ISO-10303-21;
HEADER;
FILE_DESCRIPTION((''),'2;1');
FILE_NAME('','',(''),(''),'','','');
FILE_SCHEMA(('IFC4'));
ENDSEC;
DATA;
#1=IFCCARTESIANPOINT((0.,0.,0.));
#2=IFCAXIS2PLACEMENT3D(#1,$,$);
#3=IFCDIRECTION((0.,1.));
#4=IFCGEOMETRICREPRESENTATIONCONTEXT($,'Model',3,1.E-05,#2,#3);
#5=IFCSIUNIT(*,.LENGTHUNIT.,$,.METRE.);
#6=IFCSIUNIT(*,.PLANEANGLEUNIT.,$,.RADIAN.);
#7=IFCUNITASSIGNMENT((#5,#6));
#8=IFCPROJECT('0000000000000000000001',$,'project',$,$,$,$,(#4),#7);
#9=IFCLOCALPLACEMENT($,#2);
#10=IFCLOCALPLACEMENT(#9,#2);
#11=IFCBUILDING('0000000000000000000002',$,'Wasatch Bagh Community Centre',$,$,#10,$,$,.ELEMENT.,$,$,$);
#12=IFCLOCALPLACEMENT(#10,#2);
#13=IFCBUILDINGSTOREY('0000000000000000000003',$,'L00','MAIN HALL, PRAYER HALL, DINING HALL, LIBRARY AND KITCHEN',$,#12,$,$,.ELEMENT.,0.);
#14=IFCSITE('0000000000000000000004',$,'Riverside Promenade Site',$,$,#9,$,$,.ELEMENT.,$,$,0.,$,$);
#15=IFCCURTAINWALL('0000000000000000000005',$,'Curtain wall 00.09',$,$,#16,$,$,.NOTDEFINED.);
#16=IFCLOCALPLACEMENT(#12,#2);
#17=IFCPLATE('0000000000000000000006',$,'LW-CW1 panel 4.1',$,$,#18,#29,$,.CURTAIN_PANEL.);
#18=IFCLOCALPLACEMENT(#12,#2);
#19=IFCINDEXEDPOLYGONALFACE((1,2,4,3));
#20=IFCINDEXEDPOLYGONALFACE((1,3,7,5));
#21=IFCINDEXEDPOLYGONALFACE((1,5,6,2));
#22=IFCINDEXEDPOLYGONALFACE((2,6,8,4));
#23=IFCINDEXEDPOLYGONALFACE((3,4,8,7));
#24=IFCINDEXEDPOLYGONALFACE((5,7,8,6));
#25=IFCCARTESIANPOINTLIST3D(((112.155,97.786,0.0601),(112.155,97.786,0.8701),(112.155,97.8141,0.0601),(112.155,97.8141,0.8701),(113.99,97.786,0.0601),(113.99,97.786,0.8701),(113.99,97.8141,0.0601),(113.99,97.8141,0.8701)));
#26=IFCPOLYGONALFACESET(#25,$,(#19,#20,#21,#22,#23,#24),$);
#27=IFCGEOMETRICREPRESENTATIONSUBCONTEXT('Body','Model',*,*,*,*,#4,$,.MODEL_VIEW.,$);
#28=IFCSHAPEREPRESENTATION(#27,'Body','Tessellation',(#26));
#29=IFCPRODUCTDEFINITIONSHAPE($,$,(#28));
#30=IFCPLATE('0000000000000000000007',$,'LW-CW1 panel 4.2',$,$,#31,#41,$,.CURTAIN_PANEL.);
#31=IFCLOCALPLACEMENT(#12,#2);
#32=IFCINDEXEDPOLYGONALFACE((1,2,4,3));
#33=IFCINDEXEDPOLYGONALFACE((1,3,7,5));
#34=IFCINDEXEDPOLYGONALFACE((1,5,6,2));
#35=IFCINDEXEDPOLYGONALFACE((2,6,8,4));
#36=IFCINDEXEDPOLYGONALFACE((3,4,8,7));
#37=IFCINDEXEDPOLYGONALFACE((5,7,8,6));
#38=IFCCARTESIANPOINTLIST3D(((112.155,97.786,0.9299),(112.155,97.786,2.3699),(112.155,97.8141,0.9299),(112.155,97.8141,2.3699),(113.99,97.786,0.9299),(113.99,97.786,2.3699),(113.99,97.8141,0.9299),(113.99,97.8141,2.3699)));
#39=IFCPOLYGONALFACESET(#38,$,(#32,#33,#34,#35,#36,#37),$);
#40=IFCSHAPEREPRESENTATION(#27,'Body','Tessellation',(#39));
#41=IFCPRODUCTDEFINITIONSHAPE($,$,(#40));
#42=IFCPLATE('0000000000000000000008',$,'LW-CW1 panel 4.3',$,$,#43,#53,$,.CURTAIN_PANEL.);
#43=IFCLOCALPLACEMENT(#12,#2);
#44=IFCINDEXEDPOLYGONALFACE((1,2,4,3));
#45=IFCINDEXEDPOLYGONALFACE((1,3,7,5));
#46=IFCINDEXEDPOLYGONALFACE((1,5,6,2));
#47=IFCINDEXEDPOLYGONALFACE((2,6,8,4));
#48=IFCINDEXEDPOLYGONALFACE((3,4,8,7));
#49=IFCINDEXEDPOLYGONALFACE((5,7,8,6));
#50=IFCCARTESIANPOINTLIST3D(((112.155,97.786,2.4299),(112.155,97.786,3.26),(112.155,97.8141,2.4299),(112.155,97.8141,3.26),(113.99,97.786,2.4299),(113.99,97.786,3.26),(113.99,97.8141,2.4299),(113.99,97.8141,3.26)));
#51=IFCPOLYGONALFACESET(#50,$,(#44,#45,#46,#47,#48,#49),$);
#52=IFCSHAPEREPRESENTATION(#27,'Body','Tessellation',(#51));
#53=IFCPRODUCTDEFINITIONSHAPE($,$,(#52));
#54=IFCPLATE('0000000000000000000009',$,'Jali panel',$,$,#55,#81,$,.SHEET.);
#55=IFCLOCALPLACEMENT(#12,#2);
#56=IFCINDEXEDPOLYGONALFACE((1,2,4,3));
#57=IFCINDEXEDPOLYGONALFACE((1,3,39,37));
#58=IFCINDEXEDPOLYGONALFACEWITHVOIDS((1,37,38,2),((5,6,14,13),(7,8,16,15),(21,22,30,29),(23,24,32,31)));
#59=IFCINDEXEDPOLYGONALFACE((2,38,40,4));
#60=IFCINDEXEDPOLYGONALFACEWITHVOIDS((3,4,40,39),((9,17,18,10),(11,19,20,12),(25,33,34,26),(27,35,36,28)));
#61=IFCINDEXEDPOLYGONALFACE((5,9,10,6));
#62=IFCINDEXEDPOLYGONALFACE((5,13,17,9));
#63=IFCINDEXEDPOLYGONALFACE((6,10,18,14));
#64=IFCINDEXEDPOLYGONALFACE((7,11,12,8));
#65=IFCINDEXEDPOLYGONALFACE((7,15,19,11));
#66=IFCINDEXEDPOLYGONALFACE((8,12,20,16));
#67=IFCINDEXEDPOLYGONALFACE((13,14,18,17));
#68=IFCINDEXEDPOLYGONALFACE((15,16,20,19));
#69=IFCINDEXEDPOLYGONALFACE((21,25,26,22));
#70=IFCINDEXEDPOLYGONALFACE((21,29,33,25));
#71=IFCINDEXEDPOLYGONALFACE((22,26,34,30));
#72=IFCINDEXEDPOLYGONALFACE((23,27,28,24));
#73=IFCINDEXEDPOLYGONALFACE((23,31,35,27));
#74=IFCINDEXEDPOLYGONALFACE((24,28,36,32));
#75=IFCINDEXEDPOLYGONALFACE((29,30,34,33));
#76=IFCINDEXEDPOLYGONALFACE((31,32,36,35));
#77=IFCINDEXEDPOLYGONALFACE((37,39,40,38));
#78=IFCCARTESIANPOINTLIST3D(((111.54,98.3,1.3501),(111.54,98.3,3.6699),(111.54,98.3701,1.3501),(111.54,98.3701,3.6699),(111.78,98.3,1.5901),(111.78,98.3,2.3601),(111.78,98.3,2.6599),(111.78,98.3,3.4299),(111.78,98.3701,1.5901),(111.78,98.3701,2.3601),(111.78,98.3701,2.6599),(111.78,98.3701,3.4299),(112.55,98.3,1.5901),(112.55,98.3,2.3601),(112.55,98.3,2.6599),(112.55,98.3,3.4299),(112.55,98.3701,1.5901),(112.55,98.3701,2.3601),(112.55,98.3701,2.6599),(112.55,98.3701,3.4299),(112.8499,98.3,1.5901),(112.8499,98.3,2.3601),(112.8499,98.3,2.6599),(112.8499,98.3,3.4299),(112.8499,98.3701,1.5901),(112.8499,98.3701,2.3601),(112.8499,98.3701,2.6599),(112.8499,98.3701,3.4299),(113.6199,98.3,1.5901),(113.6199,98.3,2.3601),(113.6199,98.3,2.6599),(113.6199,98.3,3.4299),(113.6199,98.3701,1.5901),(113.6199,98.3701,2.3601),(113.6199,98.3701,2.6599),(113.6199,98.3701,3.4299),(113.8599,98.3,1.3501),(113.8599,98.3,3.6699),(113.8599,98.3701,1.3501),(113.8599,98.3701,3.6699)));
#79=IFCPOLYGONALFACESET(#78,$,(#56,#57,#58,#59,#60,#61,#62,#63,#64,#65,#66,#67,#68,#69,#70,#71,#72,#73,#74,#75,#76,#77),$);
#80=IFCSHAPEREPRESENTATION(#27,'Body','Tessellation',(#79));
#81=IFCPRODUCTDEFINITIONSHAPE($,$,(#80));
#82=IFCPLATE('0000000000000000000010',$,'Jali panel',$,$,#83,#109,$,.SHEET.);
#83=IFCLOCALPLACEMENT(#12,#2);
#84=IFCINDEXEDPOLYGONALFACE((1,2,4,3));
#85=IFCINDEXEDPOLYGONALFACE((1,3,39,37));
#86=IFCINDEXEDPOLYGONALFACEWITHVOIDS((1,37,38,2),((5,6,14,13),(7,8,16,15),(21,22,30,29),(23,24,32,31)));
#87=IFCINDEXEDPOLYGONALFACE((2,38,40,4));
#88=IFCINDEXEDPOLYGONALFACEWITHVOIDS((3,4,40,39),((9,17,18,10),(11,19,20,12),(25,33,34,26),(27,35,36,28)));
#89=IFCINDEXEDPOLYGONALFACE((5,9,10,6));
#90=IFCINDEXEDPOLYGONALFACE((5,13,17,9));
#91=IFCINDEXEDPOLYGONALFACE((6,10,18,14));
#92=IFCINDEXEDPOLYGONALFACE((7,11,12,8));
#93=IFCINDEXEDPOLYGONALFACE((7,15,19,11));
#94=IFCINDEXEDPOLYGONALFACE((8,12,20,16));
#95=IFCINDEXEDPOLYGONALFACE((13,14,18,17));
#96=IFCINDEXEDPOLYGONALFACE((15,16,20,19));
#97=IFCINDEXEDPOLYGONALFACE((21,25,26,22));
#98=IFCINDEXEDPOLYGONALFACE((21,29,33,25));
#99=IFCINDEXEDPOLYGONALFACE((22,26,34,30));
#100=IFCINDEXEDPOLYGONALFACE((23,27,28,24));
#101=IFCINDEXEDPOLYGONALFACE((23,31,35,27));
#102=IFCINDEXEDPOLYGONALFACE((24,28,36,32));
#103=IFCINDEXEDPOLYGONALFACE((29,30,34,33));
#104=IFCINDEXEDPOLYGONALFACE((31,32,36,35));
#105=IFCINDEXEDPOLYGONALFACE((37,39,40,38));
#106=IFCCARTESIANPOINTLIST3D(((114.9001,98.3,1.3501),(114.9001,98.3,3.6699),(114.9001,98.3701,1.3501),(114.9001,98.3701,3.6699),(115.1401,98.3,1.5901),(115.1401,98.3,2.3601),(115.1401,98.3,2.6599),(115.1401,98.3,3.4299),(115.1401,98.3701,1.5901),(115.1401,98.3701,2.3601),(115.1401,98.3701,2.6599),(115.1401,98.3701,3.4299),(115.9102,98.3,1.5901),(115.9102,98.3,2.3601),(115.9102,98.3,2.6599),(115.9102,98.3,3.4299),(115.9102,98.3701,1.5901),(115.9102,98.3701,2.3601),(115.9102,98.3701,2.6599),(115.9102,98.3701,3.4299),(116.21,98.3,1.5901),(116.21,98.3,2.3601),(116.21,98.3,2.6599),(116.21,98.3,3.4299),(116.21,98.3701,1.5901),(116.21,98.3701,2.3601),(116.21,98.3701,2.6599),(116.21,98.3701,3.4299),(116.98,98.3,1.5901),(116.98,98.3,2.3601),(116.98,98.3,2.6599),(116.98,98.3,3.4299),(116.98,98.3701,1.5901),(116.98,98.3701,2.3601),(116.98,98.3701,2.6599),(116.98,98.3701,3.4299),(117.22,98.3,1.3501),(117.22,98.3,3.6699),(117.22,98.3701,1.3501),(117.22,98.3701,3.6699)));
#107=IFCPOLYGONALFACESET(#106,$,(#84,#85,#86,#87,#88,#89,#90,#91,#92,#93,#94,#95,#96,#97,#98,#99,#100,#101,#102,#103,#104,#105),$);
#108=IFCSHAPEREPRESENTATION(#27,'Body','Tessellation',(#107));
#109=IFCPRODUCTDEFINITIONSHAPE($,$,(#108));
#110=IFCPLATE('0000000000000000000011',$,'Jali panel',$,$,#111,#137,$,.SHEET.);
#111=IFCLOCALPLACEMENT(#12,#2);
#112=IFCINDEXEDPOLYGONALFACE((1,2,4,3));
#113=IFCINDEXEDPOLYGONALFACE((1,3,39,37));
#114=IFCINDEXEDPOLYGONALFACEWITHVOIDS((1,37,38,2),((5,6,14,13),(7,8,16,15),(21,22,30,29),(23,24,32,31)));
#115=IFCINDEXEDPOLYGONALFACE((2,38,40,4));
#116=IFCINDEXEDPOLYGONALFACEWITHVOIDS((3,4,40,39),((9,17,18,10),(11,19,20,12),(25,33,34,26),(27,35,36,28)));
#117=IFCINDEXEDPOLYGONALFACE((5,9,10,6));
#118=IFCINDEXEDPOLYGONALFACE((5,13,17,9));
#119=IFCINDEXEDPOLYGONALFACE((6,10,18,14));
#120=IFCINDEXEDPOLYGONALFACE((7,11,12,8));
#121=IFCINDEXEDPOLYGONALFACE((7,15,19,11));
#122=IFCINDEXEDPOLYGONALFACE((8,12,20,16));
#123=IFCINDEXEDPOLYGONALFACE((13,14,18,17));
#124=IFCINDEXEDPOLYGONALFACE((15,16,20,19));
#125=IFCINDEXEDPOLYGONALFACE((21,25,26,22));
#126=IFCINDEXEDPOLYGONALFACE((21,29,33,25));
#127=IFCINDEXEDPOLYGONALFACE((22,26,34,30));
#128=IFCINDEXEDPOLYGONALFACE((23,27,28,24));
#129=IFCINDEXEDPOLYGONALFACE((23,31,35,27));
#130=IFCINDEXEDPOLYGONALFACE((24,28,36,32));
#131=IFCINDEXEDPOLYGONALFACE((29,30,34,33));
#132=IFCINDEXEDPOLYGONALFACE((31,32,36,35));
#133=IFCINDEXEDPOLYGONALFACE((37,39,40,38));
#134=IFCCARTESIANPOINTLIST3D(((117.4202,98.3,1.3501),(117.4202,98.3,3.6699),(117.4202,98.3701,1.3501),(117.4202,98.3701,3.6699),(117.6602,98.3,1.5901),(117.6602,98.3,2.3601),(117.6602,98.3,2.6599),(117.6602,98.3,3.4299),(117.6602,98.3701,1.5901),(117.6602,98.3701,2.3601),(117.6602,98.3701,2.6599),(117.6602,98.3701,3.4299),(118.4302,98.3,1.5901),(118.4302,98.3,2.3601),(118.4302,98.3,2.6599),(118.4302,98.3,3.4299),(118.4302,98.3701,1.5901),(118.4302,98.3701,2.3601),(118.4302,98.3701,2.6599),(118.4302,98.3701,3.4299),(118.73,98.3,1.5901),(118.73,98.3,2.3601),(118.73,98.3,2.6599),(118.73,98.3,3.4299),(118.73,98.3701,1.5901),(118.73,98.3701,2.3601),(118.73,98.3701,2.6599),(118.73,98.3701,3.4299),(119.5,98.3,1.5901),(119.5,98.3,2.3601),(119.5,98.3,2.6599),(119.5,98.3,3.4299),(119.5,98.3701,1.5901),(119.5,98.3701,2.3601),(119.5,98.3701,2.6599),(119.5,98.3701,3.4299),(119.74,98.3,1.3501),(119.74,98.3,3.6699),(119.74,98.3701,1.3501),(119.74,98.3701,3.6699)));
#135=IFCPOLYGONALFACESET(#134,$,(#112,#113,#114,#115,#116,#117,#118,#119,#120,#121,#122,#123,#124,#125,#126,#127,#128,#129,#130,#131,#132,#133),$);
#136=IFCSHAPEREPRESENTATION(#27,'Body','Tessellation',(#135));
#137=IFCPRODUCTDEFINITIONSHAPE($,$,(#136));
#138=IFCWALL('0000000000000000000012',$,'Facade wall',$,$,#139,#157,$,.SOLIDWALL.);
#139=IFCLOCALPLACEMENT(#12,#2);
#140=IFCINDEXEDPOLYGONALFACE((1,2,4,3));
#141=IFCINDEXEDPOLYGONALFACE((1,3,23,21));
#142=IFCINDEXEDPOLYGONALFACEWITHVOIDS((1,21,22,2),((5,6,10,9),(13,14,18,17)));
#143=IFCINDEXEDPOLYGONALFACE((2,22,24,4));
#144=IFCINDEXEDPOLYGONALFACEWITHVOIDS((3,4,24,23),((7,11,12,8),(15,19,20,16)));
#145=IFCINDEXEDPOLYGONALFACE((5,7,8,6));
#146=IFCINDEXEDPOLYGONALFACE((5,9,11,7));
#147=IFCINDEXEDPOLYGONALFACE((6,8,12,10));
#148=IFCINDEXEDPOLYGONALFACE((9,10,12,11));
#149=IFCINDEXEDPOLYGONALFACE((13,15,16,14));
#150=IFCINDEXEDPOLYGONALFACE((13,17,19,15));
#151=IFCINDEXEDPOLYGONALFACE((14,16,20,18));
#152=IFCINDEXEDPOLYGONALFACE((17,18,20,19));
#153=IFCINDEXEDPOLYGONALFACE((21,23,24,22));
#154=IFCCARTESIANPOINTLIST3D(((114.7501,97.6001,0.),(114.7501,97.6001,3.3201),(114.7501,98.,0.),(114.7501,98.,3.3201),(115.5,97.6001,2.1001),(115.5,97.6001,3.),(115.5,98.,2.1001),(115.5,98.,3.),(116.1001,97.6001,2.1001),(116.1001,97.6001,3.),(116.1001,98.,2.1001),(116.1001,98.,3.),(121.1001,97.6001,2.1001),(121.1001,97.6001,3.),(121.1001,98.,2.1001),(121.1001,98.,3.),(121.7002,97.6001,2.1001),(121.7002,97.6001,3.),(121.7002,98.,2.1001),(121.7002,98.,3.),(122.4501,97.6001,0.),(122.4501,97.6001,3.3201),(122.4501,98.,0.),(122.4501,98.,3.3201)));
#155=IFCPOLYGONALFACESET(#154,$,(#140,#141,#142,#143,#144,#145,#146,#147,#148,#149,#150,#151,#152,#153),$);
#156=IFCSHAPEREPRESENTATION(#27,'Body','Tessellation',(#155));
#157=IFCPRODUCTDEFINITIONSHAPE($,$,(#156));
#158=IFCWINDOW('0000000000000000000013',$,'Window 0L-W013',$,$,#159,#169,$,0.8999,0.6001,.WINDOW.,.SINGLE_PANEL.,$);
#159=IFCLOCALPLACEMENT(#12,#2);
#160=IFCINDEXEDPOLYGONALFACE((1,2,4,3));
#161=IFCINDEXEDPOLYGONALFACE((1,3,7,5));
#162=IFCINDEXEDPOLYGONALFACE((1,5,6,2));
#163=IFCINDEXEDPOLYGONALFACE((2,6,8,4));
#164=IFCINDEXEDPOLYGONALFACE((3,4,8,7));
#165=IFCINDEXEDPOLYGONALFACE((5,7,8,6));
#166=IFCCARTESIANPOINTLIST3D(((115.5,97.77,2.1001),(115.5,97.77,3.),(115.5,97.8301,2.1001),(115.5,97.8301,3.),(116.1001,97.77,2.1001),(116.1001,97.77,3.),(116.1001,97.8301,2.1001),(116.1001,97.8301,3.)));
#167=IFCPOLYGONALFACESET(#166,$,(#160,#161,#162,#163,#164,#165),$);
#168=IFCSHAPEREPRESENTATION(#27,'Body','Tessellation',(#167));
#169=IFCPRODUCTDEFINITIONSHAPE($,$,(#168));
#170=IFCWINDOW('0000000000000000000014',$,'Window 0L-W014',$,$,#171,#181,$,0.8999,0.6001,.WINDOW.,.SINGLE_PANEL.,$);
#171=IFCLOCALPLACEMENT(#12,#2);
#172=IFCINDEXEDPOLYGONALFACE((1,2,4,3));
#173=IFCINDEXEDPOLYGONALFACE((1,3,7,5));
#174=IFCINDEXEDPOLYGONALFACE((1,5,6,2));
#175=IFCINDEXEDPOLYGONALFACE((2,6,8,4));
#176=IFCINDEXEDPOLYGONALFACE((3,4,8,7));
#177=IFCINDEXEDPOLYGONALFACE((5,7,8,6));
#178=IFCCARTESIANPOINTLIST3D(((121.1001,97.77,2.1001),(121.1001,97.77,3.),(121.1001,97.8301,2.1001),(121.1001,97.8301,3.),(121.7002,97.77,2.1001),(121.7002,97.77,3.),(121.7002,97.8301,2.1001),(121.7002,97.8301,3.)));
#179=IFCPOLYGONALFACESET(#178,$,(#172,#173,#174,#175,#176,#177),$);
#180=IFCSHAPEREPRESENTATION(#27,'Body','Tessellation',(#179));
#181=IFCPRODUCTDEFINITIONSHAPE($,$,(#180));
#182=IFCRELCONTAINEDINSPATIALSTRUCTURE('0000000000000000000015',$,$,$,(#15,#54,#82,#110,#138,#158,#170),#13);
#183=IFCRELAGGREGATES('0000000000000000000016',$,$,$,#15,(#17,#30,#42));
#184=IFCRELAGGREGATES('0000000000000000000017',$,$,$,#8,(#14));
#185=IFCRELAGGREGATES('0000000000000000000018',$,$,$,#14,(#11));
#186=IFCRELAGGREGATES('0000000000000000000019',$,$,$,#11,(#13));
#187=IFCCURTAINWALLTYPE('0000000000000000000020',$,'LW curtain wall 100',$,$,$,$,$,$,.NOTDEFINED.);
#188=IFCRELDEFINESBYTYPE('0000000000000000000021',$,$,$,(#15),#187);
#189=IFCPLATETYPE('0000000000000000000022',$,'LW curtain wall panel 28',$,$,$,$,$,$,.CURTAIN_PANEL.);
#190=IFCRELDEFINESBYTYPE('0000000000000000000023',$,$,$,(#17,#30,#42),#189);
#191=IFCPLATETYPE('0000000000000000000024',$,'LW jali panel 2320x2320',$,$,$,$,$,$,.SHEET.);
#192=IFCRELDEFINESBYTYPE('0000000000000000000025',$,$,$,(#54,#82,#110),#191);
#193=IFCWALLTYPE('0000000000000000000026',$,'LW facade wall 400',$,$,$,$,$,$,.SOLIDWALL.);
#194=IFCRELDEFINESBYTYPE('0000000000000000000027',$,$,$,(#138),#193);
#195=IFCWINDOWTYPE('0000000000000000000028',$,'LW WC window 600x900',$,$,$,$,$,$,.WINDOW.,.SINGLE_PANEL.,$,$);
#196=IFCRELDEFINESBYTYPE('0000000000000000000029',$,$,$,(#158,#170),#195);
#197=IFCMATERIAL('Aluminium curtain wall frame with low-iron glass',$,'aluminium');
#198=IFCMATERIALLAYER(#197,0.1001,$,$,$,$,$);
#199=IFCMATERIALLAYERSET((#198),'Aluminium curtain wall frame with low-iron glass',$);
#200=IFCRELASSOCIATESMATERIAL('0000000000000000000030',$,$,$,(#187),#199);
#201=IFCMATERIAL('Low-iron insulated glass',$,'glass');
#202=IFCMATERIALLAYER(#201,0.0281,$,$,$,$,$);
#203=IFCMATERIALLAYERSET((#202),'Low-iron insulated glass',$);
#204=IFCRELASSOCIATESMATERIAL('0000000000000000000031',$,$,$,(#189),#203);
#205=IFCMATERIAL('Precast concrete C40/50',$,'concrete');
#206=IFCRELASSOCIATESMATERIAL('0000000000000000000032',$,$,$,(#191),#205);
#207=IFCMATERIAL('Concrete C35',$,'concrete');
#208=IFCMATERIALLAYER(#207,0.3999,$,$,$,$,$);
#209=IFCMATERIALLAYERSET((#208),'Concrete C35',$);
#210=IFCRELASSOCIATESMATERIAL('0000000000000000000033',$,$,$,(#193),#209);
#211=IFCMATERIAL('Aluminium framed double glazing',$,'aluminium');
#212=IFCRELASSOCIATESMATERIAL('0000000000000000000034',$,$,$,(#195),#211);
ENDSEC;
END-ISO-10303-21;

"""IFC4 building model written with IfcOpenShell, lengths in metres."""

from ifc_helpers import new_model, si_unit, direction, frame, frame_2d, origin, origin_2d, place, context, subcontext, project, spatial, polyline, rectangle, outline, extrude, material, layer, layer_set, material_profile, profile_set, type_object, element, fill, aggregate, save


model = new_model("IFC4")

# Units and contexts
model_context = context("Model", 3, precision=1e-05, world=origin(), true_north=direction((0.0, 1.0)))
body_context = subcontext(model_context, "Body", "Model", "MODEL_VIEW")
ifc_project = project(units=[si_unit("LENGTHUNIT", "METRE"), si_unit("PLANEANGLEUNIT", "RADIAN")], contexts=[model_context])

# Site, building, storey
site_placement = place(None, origin())
site = spatial("IfcSite", under=ifc_project, at=site_placement, Name="Riverside Promenade Site", CompositionType="ELEMENT", RefElevation=0.0)
building_placement = place(site_placement, origin())
building = spatial("IfcBuilding", under=site, at=building_placement, Name="Wasatch Bagh Community Centre", CompositionType="ELEMENT")
storey_placement = place(building_placement, origin())
storey = spatial("IfcBuildingStorey", under=building, at=storey_placement, Name="L00", Description="MAIN HALL, PRAYER HALL, DINING HALL, LIBRARY AND KITCHEN", CompositionType="ELEMENT", Elevation=0.0)

# Shared definitions
ifc_material_1 = material(Name="Concrete C35", Category="concrete")

# Curtain wall, plates
ifc_material_2 = material(Name="Aluminium curtain wall frame with low-iron glass", Category="aluminium")
ifc_layer_1 = layer(ifc_material_2, 0.1001)
ifc_layer_set_1 = layer_set([ifc_layer_1], Name="Aluminium curtain wall frame with low-iron glass")
curtain_wall_type = type_object("IfcCurtainWallType", Name="LW curtain wall 100", PredefinedType="NOTDEFINED", material=ifc_layer_set_1)
curtain_wall_placement = place(storey_placement, origin())
curtain_wall = element("IfcCurtainWall", 1, at=curtain_wall_placement, inside=storey, type_object=curtain_wall_type, Name="Curtain wall 00.09", PredefinedType="NOTDEFINED")
ifc_material_3 = material(Name="Low-iron insulated glass", Category="glass")
ifc_layer_2 = layer(ifc_material_3, 0.0281)
ifc_layer_set_2 = layer_set([ifc_layer_2], Name="Low-iron insulated glass")
plate_type_1 = type_object("IfcPlateType", Name="LW curtain wall panel 28", PredefinedType="CURTAIN_PANEL", material=ifc_layer_set_2)
plate_1_placement = place(storey_placement, frame((113.0725, 97.8, 0.0601), z_axis=(0.0, 0.0, 1.0), x_axis=(1.0, 0.0, 0.0)))
plate_1 = element("IfcPlate", 2, at=plate_1_placement, type_object=plate_type_1, Name="LW-CW1 panel 4.1", PredefinedType="CURTAIN_PANEL", context=body_context, shape_type="SweptSolid", body=[
    extrude(rectangle(XDim=1.835, YDim=0.0281, at=origin_2d()), origin(), (0.0, 0.0, 1.0), 0.8101),
])
plate_2_placement = place(storey_placement, frame((113.0725, 97.8, 0.9299), z_axis=(0.0, 0.0, 1.0), x_axis=(1.0, 0.0, 0.0)))
plate_2 = element("IfcPlate", 3, at=plate_2_placement, type_object=plate_type_1, Name="LW-CW1 panel 4.2", PredefinedType="CURTAIN_PANEL", context=body_context, shape_type="SweptSolid", body=[
    extrude(rectangle(XDim=1.835, YDim=0.0281, at=origin_2d()), origin(), (0.0, 0.0, 1.0), 1.4399),
])
plate_3_placement = place(storey_placement, frame((113.0725, 97.8, 2.4299), z_axis=(0.0, 0.0, 1.0), x_axis=(1.0, 0.0, 0.0)))
plate_3 = element("IfcPlate", 4, at=plate_3_placement, type_object=plate_type_1, Name="LW-CW1 panel 4.3", PredefinedType="CURTAIN_PANEL", context=body_context, shape_type="SweptSolid", body=[
    extrude(rectangle(XDim=1.835, YDim=0.0281, at=origin_2d()), origin(), (0.0, 0.0, 1.0), 0.8301),
])
aggregate(curtain_wall, [plate_1, plate_2, plate_3])

# Plates
ifc_material_4 = material(Name="Precast concrete C40/50", Category="concrete")
ifc_material_profile_1 = material_profile(ifc_material_4, outline(polyline([(-1.1599, -1.1599), (1.1599, -1.1599), (1.1599, 1.1599), (-1.1599, 1.1599), (-1.1599, -1.1599)]), holes=[polyline([(-0.9199, -0.9199), (-0.1499, -0.9199), (-0.1499, -0.1499), (-0.9199, -0.1499), (-0.9199, -0.9199)]), polyline([(-0.9199, 0.1499), (-0.1499, 0.1499), (-0.1499, 0.9199), (-0.9199, 0.9199), (-0.9199, 0.1499)]), polyline([(0.1499, -0.9199), (0.9199, -0.9199), (0.9199, -0.1499), (0.1499, -0.1499), (0.1499, -0.9199)]), polyline([(0.1499, 0.1499), (0.9199, 0.1499), (0.9199, 0.9199), (0.1499, 0.9199), (0.1499, 0.1499)])]), Name="Jali lattice")
ifc_profile_set_1 = profile_set([ifc_material_profile_1], Name="Precast concrete C40/50")
plate_type_2 = type_object("IfcPlateType", Name="LW jali panel 2320x2320", PredefinedType="SHEET", material=ifc_profile_set_1)
for number, where, z_axis, x_axis, name in (
    (5, (112.7, 98.3, 2.51), (0.0, 1.0, 0.0), (-1.0, 0.0, 0.0), "Jali panel"),
    (6, (116.0601, 98.3, 2.51), (0.0, 1.0, 0.0), (-1.0, 0.0, 0.0), "Jali panel"),
    (7, (118.5801, 98.3, 2.51), (0.0, 1.0, 0.0), (-1.0, 0.0, 0.0), "Jali panel"),
):
    element("IfcPlate", number, at=place(storey_placement, frame(where, z_axis=z_axis, x_axis=x_axis)), inside=storey, type_object=plate_type_2, Name=name, PredefinedType="SHEET", context=body_context, shape_type="SweptSolid", body=[
        extrude(outline(polyline([(-1.1599, -1.1599), (1.1599, -1.1599), (1.1599, 1.1599), (-1.1599, 1.1599), (-1.1599, -1.1599)]), holes=[polyline([(-0.9199, -0.9199), (-0.1499, -0.9199), (-0.1499, -0.1499), (-0.9199, -0.1499), (-0.9199, -0.9199)]), polyline([(-0.9199, 0.1499), (-0.1499, 0.1499), (-0.1499, 0.9199), (-0.9199, 0.9199), (-0.9199, 0.1499)]), polyline([(0.1499, -0.9199), (0.9199, -0.9199), (0.9199, -0.1499), (0.1499, -0.1499), (0.1499, -0.9199)]), polyline([(0.1499, 0.1499), (0.9199, 0.1499), (0.9199, 0.9199), (0.1499, 0.9199), (0.1499, 0.1499)])]), origin(), (0.0, 0.0, 1.0), 0.0701),
    ])

# Wall, openings, windows
ifc_layer_3 = layer(ifc_material_1, 0.3999)
ifc_layer_set_3 = layer_set([ifc_layer_3], Name="Concrete C35")
wall_type = type_object("IfcWallType", Name="LW facade wall 400", PredefinedType="SOLIDWALL", material=ifc_layer_set_3)
wall_placement = place(storey_placement, frame((114.75, 97.8, 0.0), z_axis=(0.0, 0.0, 1.0), x_axis=(1.0, 0.0, 0.0)))
wall = element("IfcWall", 8, at=wall_placement, inside=storey, type_object=wall_type, Name="Facade wall", PredefinedType="SOLIDWALL", context=body_context, shape_type="SweptSolid", body=[
    extrude(rectangle(XDim=7.7, YDim=0.3999, at=frame_2d((3.8501, 0.0))), origin(), (0.0, 0.0, 1.0), 3.3201),
])
opening_1_placement = place(wall_placement, frame((0.75, 0.0, 2.1001)))
opening_1 = element("IfcOpeningElement", 9, at=opening_1_placement, cuts=wall, PredefinedType="OPENING", context=body_context, shape_type="SweptSolid", body=[
    extrude(rectangle(XDim=0.6001, YDim=0.8999, at=frame_2d((0.3, 0.45))), frame((0.0, 0.21, 0.0), z_axis=(0.0, -1.0, 0.0), x_axis=(1.0, 0.0, 0.0)), (0.0, 0.0, 1.0), 0.4199),
])
opening_2_placement = place(wall_placement, frame((6.3501, 0.0, 2.1001)))
opening_2 = element("IfcOpeningElement", 10, at=opening_2_placement, cuts=wall, PredefinedType="OPENING", context=body_context, shape_type="SweptSolid", body=[
    extrude(rectangle(XDim=0.6001, YDim=0.8999, at=frame_2d((0.3, 0.45))), frame((0.0, 0.21, 0.0), z_axis=(0.0, -1.0, 0.0), x_axis=(1.0, 0.0, 0.0)), (0.0, 0.0, 1.0), 0.4199),
])
ifc_material_5 = material(Name="Aluminium framed double glazing", Category="aluminium")
window_type = type_object("IfcWindowType", Name="LW WC window 600x900", PartitioningType="SINGLE_PANEL", PredefinedType="WINDOW", material=ifc_material_5)
window_1_placement = place(opening_1_placement, origin())
window_1 = element("IfcWindow", 11, at=window_1_placement, inside=storey, type_object=window_type, Name="Window 0L-W013", OverallHeight=0.8999, OverallWidth=0.6001, PartitioningType="SINGLE_PANEL", PredefinedType="WINDOW", context=body_context, shape_type="SweptSolid", body=[
    extrude(rectangle(XDim=0.6001, YDim=0.8999, at=frame_2d((0.3, 0.45))), frame((0.0, 0.03, 0.0), z_axis=(0.0, -1.0, 0.0), x_axis=(1.0, 0.0, 0.0)), (0.0, 0.0, 1.0), 0.0601),
])
fill(opening_1, window_1)
window_2_placement = place(opening_2_placement, origin())
window_2 = element("IfcWindow", 12, at=window_2_placement, inside=storey, type_object=window_type, Name="Window 0L-W014", OverallHeight=0.8999, OverallWidth=0.6001, PartitioningType="SINGLE_PANEL", PredefinedType="WINDOW", context=body_context, shape_type="SweptSolid", body=[
    extrude(rectangle(XDim=0.6001, YDim=0.8999, at=frame_2d((0.3, 0.45))), frame((0.0, 0.03, 0.0), z_axis=(0.0, -1.0, 0.0), x_axis=(1.0, 0.0, 0.0)), (0.0, 0.0, 1.0), 0.0601),
])
fill(opening_2, window_2)

save(model, "model.ifc")
